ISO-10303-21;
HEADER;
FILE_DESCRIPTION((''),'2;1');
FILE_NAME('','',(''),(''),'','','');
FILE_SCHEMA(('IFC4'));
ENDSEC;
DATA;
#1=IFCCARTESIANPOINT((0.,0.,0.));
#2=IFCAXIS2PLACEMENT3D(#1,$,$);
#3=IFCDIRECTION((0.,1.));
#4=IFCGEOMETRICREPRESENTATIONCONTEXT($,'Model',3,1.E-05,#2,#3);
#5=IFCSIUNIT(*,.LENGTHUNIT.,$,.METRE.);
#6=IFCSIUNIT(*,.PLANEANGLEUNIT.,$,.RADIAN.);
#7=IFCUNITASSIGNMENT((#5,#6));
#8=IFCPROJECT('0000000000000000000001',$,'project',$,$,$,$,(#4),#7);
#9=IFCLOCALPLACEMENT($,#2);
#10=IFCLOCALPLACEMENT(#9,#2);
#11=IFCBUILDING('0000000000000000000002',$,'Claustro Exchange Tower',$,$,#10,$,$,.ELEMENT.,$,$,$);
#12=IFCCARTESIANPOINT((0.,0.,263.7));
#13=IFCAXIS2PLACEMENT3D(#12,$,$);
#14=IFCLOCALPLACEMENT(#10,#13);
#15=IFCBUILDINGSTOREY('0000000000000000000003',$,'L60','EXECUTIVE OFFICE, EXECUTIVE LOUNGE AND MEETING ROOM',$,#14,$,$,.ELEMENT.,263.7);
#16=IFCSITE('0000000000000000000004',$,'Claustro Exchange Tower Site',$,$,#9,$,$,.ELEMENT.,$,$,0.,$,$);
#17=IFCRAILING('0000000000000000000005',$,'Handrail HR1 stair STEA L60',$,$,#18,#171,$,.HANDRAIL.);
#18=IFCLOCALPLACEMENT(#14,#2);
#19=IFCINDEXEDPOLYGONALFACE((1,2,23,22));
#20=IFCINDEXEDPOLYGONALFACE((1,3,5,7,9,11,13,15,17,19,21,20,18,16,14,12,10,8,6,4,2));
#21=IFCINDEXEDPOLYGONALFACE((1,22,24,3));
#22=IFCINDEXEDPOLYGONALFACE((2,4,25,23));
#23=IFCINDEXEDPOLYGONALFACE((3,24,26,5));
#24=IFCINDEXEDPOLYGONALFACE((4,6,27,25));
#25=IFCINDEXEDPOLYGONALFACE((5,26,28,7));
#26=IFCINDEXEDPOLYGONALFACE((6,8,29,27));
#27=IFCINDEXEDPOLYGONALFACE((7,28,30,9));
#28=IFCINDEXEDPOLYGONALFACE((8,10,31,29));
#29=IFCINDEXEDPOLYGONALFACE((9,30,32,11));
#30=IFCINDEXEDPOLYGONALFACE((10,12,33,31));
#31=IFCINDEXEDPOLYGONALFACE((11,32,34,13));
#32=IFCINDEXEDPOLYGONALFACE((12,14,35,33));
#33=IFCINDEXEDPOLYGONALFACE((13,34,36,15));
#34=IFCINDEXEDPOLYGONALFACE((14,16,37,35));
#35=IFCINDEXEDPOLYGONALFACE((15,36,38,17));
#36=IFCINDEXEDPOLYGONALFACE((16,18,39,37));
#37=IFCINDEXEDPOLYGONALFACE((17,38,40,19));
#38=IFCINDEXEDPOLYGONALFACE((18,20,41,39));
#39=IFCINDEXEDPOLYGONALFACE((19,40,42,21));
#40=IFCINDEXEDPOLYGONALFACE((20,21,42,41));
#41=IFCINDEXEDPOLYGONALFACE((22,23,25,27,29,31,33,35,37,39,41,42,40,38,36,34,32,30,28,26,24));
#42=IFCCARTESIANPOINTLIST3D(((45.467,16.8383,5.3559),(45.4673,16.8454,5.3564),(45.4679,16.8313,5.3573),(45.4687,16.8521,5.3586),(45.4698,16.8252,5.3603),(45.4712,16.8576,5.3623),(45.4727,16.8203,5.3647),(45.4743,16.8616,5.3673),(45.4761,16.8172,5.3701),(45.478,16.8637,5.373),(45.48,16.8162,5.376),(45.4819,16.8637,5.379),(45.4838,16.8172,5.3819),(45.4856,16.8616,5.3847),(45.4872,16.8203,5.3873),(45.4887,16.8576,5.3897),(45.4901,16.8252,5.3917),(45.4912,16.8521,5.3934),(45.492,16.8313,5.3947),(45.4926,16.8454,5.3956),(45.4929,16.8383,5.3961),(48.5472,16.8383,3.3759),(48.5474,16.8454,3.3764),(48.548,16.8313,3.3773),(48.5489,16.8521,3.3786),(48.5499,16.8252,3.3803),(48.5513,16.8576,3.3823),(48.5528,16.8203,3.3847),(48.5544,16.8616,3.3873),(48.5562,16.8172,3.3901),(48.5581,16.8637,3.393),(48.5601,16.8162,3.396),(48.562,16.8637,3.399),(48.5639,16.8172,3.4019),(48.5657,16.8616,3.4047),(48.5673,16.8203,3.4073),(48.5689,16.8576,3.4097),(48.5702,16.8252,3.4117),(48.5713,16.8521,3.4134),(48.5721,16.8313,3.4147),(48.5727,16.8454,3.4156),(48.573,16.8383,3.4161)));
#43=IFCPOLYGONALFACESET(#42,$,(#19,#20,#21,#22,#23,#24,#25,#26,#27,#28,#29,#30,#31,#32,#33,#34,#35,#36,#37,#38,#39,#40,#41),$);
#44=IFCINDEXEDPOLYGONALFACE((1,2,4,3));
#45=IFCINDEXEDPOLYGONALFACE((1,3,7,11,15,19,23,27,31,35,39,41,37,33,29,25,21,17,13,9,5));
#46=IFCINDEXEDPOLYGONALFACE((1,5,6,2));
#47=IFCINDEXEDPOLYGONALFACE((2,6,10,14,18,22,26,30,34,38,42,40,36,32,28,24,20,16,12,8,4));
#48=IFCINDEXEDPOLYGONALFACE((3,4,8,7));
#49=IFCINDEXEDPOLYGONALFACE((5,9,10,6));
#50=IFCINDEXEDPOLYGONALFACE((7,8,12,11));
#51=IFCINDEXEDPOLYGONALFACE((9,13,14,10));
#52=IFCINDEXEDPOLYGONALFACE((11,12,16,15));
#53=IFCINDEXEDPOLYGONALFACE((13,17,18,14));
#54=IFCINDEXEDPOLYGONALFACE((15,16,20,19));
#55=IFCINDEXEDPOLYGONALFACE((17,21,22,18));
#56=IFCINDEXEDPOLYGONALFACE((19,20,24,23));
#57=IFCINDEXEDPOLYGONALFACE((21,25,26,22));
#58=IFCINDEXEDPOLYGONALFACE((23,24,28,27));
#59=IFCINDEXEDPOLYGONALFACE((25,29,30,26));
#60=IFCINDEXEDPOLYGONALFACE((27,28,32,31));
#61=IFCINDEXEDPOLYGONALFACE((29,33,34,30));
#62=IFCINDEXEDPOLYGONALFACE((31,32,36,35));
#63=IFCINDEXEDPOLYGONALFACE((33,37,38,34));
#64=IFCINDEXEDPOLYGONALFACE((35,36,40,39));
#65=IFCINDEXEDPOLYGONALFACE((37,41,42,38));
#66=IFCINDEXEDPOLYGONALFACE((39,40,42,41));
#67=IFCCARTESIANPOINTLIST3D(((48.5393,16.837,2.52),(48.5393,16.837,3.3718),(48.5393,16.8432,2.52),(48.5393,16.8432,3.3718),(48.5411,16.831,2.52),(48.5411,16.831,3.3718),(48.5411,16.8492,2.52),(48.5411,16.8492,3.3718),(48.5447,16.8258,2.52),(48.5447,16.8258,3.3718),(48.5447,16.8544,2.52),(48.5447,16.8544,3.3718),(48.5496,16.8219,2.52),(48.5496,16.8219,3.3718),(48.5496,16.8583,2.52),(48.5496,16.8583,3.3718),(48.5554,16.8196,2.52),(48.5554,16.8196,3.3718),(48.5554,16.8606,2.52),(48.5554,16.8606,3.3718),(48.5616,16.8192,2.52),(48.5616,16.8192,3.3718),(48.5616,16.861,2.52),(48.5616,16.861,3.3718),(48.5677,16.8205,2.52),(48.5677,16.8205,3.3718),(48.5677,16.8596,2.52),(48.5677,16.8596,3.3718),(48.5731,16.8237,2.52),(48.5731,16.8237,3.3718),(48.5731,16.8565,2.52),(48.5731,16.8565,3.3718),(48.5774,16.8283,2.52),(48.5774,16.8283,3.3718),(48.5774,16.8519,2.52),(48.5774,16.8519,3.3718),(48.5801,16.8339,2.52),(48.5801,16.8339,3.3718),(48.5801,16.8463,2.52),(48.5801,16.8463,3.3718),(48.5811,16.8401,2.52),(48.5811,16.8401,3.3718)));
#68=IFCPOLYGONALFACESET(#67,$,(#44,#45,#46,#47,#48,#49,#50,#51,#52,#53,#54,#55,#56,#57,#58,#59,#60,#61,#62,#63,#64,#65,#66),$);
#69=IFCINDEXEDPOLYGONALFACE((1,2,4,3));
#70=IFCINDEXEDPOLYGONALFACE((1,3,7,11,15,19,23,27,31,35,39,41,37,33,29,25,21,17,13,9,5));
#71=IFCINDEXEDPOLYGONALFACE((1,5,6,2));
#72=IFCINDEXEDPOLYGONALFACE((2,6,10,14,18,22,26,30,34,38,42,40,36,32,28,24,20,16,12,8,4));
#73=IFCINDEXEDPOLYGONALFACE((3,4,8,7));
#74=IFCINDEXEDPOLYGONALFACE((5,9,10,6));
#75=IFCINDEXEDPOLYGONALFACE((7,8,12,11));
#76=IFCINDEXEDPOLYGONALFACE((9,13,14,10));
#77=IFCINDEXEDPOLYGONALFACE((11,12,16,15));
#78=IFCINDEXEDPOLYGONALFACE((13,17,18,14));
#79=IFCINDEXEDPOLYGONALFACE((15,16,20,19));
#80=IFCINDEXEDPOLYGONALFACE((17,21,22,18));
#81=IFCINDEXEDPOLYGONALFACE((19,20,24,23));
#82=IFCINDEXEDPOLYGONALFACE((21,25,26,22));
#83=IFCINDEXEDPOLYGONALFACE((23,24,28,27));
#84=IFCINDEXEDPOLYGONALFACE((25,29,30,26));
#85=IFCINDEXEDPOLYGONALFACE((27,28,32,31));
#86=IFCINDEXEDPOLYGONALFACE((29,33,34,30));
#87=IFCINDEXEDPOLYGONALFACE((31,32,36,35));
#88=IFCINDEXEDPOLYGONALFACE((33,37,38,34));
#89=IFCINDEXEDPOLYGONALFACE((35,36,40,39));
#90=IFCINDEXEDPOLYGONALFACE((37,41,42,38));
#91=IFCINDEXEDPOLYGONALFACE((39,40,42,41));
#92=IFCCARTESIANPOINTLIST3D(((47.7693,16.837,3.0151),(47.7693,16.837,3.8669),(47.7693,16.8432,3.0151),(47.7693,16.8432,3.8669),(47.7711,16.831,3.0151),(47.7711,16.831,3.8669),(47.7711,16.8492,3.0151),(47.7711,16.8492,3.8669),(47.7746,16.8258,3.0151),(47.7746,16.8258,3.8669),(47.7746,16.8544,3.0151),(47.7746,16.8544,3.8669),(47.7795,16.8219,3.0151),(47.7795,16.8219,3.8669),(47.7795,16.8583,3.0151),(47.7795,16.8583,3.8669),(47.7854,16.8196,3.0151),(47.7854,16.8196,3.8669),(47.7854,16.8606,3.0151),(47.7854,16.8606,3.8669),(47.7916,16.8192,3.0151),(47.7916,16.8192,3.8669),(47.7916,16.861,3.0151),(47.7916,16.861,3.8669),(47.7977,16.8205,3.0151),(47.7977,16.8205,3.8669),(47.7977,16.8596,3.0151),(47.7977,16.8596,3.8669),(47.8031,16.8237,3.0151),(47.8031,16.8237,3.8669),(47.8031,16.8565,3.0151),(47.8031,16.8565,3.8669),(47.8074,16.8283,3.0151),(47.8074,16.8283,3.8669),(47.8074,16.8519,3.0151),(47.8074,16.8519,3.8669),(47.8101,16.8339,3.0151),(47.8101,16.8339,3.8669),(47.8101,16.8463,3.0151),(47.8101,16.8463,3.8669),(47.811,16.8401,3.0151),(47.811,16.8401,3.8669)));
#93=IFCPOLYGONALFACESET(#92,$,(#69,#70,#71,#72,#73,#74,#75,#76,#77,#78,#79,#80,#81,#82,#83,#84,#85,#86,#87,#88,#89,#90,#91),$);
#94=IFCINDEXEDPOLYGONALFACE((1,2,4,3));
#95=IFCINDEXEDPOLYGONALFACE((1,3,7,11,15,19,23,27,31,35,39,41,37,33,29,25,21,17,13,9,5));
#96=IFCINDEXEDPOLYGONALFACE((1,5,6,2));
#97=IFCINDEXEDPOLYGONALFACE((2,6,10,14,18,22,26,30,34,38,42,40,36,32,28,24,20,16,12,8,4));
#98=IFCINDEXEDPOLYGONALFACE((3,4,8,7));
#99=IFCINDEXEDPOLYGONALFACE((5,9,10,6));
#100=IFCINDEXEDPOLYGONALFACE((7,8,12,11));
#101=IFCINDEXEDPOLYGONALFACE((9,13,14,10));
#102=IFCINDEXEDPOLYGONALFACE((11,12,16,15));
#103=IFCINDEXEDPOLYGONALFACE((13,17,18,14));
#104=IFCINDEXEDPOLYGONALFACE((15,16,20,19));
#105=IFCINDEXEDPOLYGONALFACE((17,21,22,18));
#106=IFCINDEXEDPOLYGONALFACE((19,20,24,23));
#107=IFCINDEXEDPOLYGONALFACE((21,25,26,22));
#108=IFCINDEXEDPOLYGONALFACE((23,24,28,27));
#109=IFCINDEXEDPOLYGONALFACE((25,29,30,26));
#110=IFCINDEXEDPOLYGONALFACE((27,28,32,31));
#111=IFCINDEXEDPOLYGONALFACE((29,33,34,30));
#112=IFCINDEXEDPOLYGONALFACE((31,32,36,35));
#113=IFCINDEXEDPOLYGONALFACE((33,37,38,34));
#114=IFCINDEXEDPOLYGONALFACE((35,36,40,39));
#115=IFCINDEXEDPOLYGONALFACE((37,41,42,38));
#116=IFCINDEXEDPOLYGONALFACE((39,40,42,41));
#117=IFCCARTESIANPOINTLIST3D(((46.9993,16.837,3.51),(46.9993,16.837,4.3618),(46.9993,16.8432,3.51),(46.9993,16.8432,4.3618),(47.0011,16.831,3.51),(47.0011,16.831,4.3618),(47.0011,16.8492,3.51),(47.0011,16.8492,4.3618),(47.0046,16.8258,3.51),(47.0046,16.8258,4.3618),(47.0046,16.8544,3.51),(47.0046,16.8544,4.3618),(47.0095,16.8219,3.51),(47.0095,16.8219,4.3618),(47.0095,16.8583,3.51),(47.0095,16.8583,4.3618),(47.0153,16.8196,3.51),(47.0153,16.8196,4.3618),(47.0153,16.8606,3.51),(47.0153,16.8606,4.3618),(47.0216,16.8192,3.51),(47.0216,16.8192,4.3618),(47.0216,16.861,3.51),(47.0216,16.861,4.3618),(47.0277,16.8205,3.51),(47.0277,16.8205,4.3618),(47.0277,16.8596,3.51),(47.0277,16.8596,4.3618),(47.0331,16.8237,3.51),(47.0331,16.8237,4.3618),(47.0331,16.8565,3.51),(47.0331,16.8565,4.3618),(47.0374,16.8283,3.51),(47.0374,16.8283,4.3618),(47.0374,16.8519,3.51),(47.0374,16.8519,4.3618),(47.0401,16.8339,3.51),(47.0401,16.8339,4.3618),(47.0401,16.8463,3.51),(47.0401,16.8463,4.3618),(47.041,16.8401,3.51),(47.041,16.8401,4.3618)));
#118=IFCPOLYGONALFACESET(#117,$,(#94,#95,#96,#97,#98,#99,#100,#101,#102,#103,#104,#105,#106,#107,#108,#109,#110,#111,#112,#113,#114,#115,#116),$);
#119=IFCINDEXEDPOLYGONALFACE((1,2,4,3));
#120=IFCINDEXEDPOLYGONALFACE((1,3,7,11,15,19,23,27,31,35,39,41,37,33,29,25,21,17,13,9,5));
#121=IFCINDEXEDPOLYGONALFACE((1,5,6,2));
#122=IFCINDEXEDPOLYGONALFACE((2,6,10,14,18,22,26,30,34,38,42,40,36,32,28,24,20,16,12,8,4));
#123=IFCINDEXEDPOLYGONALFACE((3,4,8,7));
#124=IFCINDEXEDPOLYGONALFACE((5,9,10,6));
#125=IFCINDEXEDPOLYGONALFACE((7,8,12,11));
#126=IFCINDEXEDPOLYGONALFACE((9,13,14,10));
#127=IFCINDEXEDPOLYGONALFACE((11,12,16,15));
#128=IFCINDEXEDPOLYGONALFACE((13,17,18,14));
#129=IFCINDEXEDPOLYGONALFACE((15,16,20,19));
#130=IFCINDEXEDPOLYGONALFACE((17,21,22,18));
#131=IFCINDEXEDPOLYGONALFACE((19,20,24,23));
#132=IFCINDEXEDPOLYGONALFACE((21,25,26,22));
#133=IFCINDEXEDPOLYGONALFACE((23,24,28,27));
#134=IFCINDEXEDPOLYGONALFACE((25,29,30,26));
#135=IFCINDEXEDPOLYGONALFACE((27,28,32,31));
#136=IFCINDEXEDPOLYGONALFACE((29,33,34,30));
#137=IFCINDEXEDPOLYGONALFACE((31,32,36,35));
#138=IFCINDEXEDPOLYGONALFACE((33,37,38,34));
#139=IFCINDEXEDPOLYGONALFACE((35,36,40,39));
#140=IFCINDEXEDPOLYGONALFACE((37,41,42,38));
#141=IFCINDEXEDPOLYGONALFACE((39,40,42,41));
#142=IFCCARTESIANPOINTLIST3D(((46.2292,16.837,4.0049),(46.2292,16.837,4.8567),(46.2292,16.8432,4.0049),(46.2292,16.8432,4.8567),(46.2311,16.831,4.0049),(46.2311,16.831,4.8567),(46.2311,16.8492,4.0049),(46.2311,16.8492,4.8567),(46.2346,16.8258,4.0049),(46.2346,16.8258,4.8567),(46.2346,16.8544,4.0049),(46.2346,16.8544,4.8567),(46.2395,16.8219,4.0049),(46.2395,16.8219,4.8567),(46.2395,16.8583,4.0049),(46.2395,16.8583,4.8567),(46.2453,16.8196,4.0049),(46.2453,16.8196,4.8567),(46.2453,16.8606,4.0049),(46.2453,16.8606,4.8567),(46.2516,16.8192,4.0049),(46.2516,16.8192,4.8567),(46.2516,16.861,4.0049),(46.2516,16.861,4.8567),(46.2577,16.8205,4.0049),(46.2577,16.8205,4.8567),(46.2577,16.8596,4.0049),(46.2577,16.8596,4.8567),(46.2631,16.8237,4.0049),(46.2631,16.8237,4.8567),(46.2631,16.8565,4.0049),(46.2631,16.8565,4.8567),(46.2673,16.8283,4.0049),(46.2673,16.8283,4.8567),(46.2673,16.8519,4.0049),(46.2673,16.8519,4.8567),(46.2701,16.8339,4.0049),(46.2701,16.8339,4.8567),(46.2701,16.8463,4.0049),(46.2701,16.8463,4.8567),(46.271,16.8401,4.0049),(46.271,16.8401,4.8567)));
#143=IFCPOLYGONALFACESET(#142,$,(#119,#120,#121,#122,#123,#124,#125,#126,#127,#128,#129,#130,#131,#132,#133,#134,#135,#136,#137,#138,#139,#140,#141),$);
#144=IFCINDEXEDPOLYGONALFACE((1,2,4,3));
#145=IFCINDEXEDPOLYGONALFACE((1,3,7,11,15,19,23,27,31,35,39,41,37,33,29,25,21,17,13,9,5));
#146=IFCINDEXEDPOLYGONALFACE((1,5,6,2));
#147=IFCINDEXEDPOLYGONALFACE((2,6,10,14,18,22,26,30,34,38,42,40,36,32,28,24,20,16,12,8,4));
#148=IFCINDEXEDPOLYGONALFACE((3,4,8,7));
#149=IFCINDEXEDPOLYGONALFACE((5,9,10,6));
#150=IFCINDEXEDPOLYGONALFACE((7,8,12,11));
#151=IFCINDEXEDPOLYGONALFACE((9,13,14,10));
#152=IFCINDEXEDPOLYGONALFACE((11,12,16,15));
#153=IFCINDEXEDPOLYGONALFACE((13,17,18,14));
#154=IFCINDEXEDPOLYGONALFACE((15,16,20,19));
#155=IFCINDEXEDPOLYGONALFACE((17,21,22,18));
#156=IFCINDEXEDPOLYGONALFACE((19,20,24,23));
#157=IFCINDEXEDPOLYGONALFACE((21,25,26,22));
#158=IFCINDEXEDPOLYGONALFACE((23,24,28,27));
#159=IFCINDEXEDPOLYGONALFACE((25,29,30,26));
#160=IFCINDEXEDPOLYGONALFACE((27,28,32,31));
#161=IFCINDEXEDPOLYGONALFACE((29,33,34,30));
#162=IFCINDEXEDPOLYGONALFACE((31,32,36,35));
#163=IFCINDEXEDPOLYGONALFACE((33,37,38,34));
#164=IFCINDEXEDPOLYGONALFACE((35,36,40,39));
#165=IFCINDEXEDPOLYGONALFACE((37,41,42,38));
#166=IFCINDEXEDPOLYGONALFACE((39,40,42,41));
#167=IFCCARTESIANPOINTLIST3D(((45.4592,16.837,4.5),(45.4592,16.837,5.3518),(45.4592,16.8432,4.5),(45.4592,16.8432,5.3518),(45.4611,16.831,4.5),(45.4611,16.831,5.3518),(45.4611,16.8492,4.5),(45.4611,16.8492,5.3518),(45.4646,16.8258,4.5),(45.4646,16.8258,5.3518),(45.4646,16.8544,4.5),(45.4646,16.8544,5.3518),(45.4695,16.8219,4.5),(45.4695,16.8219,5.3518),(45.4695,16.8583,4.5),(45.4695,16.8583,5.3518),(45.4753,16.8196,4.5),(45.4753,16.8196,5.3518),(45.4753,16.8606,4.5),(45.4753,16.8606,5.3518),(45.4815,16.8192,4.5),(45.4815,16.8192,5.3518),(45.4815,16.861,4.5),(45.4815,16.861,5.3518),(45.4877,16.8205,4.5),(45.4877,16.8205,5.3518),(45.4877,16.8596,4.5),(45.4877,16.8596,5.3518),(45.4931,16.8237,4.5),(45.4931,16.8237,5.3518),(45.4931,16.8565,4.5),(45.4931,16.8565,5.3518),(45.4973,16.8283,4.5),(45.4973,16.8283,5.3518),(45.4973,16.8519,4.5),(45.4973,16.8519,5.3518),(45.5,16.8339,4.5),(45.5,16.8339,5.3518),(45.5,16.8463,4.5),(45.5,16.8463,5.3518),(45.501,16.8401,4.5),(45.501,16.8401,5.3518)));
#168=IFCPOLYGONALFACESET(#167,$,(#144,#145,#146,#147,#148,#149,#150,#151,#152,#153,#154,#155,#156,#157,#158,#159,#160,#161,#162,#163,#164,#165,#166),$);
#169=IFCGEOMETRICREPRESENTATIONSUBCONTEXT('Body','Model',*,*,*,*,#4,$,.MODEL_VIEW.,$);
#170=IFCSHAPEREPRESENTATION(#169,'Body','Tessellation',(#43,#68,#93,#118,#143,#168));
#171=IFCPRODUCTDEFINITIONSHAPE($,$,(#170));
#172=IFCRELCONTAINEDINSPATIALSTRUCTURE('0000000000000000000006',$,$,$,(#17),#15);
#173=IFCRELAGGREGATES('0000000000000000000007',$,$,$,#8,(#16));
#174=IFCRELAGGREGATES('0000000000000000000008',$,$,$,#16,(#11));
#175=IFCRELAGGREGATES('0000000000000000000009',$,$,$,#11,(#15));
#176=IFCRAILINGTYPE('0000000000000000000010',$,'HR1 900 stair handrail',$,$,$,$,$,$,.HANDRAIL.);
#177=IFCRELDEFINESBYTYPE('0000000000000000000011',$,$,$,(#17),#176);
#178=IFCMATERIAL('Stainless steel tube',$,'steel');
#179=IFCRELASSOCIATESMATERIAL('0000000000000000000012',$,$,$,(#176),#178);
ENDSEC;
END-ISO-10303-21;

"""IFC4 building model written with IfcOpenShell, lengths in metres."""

from ifc_helpers import new_model, si_unit, direction, frame, origin, origin_2d, place, context, subcontext, project, spatial, circle, extrude, material, type_object, element, save


model = new_model("IFC4")

# Units and contexts
model_context = context("Model", 3, precision=1e-05, world=origin(), true_north=direction((0.0, 1.0)))
body_context = subcontext(model_context, "Body", "Model", "MODEL_VIEW")
ifc_project = project(units=[si_unit("LENGTHUNIT", "METRE"), si_unit("PLANEANGLEUNIT", "RADIAN")], contexts=[model_context])

# Site, building, storey
site_placement = place(None, origin())
site = spatial("IfcSite", under=ifc_project, at=site_placement, Name="Claustro Exchange Tower Site", CompositionType="ELEMENT", RefElevation=0.0)
building_placement = place(site_placement, origin())
building = spatial("IfcBuilding", under=site, at=building_placement, Name="Claustro Exchange Tower", CompositionType="ELEMENT")
storey_placement = place(building_placement, frame((0.0, 0.0, 263.7)))
storey = spatial("IfcBuildingStorey", under=building, at=storey_placement, Name="L60", Description="EXECUTIVE OFFICE, EXECUTIVE LOUNGE AND MEETING ROOM", CompositionType="ELEMENT", Elevation=263.7)

# Railing
ifc_material_1 = material(Name="Stainless steel tube", Category="steel")
railing_type_1 = type_object("IfcRailingType", Name="HR1 900 stair handrail", PredefinedType="HANDRAIL", material=ifc_material_1)
railing_1_placement = place(storey_placement, frame((48.5601, 16.8401, 2.52)))
element("IfcRailing", 1, at=railing_1_placement, inside=storey, type_object=railing_type_1, Name="Handrail HR1 stair STEA L60", PredefinedType="HANDRAIL", context=body_context, shape_type="SweptSolid", body=[
    extrude(circle(Radius=0.0239, at=origin_2d()), frame((0.0, 0.0, 0.876), z_axis=(-0.841187, 0.0, 0.540744), x_axis=(0.0, -1.0, 0.0)), (0.0, 0.0, 1.0), 3.6616),
    extrude(circle(Radius=0.021, at=origin_2d()), origin(), (0.0, 0.0, 1.0), 0.8518),
    extrude(circle(Radius=0.021, at=origin_2d()), frame((-0.77, 0.0, 0.4951)), (0.0, 0.0, 1.0), 0.8518),
    extrude(circle(Radius=0.021, at=origin_2d()), frame((-1.54, 0.0, 0.99)), (0.0, 0.0, 1.0), 0.8518),
    extrude(circle(Radius=0.021, at=origin_2d()), frame((-2.3101, 0.0, 1.4849)), (0.0, 0.0, 1.0), 0.8518),
    extrude(circle(Radius=0.021, at=origin_2d()), frame((-3.0801, 0.0, 1.98)), (0.0, 0.0, 1.0), 0.8518),
])

save(model, "model.ifc")
